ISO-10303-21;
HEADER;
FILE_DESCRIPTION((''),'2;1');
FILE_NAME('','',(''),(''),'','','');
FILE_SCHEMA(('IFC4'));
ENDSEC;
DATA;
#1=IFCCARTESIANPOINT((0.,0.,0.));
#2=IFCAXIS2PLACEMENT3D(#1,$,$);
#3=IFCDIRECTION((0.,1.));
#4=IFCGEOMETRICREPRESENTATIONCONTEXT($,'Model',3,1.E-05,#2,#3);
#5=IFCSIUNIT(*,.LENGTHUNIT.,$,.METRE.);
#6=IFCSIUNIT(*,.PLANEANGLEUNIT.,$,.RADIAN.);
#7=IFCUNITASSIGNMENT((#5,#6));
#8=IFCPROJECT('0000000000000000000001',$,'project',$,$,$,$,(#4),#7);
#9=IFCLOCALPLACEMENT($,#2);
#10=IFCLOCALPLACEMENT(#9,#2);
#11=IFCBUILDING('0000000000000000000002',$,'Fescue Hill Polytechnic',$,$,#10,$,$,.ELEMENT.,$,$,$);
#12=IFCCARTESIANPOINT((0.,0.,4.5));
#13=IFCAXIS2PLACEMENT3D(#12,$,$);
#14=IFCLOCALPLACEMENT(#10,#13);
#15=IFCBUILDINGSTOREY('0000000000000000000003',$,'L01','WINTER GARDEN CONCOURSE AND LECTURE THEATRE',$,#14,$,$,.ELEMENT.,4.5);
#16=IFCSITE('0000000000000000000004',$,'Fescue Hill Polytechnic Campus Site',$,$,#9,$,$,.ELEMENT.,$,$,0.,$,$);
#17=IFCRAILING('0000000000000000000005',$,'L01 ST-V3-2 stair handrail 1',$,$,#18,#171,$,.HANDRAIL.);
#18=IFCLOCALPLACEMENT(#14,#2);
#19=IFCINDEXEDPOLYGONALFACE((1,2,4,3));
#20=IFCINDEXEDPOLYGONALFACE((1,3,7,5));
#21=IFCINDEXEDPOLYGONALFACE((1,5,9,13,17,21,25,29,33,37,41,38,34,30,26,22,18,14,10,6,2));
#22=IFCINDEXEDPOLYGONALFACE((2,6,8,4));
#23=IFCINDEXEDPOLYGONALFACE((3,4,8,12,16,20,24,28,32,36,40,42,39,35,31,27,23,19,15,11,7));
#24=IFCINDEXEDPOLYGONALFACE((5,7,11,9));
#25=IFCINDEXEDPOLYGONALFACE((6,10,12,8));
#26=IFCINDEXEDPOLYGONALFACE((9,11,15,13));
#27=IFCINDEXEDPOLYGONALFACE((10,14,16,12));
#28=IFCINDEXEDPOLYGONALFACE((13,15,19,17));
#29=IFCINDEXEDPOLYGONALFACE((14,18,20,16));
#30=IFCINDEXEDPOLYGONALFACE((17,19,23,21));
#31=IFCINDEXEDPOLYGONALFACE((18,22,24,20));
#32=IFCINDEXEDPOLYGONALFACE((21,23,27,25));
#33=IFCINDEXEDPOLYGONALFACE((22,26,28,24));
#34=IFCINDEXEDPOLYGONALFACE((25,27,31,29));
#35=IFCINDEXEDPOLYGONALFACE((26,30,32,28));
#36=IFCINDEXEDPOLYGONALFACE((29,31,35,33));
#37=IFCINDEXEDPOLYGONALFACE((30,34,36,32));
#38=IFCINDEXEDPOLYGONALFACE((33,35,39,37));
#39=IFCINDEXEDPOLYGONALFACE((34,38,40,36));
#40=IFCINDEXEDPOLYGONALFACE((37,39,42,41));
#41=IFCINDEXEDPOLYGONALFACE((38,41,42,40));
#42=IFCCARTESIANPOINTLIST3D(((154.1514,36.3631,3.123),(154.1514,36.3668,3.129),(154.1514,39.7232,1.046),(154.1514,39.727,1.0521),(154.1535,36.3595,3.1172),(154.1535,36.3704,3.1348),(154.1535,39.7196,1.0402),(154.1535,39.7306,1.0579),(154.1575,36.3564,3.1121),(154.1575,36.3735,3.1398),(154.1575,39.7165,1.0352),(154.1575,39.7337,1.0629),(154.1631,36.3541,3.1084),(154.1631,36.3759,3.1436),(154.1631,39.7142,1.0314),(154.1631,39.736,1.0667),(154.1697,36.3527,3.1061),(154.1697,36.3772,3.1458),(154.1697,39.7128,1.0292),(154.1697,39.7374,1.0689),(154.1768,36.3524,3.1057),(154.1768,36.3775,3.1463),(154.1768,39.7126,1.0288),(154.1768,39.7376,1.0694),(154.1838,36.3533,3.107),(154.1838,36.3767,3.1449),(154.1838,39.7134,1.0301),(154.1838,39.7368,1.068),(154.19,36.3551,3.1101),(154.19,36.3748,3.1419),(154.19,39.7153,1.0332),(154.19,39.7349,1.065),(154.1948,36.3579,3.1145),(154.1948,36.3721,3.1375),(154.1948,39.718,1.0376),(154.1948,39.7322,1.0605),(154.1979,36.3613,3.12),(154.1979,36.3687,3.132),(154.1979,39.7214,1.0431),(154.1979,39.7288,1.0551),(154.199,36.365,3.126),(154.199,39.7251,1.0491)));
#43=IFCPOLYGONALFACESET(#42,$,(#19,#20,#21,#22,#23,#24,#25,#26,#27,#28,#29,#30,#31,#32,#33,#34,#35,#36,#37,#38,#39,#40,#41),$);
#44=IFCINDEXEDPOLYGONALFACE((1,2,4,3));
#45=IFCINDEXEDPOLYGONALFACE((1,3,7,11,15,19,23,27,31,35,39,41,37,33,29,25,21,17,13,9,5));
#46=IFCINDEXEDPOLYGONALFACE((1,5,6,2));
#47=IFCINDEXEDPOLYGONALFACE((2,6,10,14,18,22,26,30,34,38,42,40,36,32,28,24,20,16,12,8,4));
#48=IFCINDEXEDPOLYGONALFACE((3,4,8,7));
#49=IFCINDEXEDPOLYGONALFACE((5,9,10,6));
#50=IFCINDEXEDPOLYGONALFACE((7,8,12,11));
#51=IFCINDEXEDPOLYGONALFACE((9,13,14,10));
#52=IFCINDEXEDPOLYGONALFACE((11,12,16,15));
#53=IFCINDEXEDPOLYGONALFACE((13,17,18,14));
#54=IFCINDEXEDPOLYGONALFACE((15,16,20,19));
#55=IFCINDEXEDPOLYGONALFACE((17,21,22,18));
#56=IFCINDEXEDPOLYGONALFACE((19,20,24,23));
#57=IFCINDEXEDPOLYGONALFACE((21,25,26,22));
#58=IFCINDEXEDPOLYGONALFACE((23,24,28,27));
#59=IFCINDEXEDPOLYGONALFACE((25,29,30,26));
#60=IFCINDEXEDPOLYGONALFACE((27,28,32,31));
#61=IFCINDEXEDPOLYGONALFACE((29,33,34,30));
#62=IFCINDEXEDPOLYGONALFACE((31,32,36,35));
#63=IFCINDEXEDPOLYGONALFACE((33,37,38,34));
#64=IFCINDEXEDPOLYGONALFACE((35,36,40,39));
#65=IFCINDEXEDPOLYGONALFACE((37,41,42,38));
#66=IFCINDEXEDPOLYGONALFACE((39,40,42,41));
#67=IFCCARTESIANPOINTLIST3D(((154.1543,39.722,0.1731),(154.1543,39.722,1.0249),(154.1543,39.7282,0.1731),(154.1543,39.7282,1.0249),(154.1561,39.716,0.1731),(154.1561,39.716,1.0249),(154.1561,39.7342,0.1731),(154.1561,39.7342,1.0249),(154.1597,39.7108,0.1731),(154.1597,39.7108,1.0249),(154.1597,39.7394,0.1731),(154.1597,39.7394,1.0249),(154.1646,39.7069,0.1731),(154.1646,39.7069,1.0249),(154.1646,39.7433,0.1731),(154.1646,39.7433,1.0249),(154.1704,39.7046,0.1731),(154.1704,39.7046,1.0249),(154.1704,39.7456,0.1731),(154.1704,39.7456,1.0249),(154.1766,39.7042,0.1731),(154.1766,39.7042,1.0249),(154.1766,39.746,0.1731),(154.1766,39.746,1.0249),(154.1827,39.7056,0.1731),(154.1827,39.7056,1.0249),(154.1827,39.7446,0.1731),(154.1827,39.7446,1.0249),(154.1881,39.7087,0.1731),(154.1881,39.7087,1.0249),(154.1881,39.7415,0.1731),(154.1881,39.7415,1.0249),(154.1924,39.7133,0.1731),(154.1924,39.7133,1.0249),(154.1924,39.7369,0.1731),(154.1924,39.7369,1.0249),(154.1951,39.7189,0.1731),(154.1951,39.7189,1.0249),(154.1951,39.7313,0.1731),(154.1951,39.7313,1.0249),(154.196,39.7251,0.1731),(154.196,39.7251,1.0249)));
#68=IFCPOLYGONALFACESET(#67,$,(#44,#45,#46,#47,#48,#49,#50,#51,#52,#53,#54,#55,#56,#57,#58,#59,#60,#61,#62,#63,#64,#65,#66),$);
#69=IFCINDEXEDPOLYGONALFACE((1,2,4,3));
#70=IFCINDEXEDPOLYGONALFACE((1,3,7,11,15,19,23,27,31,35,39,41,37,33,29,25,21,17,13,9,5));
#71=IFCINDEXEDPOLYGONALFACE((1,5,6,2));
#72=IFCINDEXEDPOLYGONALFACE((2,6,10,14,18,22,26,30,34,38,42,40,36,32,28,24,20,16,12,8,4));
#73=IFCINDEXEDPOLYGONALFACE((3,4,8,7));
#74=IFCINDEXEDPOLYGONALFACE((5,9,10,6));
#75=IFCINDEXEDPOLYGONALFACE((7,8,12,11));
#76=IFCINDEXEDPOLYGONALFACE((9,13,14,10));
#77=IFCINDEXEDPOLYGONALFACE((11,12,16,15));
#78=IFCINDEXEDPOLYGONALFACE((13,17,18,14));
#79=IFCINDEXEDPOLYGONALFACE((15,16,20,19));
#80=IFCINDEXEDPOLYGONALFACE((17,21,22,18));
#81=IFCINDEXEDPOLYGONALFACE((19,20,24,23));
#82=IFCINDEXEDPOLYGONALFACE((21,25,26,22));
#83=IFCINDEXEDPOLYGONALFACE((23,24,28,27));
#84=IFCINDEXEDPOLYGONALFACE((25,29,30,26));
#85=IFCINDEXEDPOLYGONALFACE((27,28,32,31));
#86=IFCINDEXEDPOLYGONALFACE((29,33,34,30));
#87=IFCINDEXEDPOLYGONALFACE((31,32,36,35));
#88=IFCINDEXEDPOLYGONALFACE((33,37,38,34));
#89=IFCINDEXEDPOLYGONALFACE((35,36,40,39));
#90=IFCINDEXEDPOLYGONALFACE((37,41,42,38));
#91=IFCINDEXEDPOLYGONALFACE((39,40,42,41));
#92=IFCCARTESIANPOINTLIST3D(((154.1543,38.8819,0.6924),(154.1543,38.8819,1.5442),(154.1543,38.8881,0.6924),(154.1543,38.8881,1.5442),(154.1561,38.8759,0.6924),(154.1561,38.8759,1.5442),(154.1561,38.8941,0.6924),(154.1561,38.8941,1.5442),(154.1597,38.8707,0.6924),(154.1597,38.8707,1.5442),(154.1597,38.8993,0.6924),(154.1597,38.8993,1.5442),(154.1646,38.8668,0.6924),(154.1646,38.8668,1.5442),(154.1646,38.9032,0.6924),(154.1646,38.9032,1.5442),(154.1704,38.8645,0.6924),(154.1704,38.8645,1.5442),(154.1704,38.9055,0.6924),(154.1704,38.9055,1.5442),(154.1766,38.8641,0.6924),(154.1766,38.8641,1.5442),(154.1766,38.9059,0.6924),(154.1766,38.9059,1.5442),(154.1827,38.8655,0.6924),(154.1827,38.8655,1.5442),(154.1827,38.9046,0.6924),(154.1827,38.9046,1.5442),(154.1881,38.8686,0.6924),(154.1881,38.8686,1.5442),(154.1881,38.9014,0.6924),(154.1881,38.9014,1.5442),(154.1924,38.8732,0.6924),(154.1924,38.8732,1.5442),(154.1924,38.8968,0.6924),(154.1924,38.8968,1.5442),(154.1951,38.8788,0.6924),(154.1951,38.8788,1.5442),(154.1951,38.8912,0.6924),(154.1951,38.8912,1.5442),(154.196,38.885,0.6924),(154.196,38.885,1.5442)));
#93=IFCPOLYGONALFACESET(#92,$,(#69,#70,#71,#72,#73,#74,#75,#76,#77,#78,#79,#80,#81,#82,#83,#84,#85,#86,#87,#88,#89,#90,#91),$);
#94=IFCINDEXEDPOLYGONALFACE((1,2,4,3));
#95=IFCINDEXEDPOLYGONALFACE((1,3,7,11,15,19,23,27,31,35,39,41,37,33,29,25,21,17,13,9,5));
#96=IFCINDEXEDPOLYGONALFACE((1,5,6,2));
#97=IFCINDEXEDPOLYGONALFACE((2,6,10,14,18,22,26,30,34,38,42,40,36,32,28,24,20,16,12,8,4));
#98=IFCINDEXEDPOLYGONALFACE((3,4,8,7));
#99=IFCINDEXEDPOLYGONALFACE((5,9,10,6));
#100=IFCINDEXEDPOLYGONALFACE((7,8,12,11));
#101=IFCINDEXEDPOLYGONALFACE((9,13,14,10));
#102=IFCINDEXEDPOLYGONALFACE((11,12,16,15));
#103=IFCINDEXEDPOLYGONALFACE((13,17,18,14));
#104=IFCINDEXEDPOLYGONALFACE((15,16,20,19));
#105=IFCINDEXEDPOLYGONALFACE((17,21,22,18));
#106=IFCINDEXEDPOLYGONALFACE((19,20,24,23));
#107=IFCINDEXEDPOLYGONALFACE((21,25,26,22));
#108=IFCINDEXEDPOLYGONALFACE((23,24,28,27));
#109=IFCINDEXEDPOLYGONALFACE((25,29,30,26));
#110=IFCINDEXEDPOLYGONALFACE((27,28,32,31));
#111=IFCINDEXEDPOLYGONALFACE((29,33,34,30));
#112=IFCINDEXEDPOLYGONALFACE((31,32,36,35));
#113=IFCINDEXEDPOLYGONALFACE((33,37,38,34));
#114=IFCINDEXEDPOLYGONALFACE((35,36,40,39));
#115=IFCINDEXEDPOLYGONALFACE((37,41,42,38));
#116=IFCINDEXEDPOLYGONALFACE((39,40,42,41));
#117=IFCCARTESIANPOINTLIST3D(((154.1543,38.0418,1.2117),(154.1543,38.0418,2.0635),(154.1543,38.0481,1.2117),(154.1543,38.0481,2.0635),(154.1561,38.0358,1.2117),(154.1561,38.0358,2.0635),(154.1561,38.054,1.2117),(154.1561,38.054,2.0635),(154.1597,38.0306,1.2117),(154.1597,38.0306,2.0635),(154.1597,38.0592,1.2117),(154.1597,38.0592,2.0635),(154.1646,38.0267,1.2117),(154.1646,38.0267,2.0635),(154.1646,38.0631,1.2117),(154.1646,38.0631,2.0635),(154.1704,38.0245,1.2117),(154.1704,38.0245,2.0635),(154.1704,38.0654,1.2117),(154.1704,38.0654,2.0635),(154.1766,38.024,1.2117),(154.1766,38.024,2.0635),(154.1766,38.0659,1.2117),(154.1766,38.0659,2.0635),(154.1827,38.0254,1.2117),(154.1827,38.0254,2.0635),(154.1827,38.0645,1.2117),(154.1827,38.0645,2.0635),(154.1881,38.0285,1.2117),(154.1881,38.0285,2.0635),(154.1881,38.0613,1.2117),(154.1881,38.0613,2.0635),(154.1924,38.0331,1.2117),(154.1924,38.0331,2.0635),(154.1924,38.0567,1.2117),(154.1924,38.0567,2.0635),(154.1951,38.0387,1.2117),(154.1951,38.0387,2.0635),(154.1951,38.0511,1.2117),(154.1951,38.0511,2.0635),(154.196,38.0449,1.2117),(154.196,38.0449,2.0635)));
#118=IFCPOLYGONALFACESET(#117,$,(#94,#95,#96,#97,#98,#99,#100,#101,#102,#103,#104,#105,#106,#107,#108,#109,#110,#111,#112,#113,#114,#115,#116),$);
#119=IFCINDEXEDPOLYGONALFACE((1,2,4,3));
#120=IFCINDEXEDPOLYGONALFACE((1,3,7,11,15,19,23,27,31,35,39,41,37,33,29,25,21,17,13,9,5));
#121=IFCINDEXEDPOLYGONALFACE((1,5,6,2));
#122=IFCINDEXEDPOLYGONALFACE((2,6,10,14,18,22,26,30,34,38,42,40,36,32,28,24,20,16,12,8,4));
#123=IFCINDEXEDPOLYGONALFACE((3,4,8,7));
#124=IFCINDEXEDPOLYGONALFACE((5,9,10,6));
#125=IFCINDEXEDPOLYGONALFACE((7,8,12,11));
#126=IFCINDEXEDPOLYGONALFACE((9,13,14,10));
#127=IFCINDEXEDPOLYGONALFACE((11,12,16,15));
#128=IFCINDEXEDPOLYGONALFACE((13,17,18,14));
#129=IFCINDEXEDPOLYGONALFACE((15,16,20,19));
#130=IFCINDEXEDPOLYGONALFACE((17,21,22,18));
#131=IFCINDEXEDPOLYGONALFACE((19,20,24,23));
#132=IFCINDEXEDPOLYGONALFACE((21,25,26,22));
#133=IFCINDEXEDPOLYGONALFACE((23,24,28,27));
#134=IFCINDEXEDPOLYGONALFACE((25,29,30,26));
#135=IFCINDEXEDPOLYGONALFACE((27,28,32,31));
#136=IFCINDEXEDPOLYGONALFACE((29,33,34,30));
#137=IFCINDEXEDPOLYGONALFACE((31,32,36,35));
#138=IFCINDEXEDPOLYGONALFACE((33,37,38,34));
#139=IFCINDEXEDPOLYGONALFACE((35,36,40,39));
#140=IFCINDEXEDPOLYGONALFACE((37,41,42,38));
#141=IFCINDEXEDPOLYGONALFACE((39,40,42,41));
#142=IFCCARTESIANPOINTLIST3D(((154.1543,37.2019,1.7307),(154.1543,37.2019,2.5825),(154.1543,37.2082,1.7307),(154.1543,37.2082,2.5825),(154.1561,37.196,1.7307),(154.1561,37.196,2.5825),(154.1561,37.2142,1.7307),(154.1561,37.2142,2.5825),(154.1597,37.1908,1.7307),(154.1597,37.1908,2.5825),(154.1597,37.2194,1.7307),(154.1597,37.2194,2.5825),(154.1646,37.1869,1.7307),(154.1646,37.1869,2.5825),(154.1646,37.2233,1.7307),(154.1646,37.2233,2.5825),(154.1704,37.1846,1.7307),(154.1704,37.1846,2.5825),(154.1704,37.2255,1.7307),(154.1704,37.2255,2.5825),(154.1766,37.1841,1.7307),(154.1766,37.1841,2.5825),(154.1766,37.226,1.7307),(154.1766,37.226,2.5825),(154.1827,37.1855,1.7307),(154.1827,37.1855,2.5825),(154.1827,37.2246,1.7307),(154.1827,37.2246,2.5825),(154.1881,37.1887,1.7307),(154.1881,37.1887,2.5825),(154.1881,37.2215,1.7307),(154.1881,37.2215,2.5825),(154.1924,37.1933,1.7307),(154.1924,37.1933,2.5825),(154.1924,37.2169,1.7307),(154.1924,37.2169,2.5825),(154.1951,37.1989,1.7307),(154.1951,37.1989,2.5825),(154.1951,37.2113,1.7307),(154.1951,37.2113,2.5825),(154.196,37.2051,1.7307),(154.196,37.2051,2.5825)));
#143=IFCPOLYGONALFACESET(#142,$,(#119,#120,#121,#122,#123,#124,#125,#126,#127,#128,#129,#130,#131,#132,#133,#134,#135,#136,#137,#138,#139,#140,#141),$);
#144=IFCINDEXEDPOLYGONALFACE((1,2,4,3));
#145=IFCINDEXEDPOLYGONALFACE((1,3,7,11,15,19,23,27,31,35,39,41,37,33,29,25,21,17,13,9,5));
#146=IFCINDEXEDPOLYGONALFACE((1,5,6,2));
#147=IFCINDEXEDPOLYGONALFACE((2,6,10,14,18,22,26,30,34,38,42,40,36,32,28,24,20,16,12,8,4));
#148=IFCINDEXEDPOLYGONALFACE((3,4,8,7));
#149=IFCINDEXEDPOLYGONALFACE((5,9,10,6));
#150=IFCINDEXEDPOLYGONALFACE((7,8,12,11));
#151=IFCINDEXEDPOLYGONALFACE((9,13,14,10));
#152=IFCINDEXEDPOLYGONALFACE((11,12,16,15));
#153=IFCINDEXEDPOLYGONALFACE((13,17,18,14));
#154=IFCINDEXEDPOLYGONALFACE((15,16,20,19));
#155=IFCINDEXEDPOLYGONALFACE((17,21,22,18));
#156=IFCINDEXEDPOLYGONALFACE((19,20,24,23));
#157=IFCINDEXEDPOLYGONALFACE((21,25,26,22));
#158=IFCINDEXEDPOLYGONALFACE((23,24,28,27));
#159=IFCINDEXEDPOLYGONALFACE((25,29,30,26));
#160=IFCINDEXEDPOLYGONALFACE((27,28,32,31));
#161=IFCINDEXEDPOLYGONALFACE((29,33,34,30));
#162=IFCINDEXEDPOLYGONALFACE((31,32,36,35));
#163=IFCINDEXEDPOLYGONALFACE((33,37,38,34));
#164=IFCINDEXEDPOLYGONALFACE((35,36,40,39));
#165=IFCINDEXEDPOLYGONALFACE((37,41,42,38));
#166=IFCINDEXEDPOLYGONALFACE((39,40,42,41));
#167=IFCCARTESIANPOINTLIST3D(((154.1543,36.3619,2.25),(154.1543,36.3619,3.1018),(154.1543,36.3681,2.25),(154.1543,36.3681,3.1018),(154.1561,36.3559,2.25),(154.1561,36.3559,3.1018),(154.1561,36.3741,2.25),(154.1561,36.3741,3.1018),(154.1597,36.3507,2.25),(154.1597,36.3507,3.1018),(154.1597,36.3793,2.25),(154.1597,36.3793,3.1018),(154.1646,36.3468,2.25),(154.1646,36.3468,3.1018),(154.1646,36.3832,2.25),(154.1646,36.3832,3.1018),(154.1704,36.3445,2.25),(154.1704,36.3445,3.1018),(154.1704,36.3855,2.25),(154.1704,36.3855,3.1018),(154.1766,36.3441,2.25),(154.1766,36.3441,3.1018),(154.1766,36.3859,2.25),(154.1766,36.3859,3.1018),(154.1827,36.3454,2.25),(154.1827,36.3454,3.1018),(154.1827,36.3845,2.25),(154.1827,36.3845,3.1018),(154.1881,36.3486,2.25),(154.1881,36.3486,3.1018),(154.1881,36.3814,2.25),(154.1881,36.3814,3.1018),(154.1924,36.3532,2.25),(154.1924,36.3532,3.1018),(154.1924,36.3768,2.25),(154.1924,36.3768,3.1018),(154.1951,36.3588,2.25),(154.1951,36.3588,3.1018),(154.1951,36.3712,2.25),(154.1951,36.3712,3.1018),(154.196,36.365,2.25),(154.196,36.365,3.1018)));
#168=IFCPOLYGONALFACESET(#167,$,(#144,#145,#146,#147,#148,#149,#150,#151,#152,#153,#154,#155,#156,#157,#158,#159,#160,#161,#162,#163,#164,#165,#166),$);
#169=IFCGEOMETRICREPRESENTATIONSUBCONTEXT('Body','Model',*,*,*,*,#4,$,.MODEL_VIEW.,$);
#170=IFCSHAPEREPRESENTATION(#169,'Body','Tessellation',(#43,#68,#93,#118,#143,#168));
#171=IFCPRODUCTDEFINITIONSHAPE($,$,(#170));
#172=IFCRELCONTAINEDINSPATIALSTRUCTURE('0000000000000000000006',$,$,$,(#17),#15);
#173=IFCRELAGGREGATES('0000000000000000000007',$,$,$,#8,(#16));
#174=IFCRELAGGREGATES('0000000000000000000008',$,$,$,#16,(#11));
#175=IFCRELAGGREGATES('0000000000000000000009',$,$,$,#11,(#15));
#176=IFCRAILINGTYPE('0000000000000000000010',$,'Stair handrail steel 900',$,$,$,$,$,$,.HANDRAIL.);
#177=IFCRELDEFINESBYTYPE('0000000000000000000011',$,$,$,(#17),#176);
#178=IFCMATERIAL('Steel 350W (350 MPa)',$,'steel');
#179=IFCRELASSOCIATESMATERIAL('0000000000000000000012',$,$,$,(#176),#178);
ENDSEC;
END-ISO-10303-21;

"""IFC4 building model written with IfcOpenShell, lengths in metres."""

from ifc_helpers import new_model, si_unit, direction, frame, origin, origin_2d, place, context, subcontext, project, spatial, circle, extrude, material, type_object, element, save


model = new_model("IFC4")

# Units and contexts
model_context = context("Model", 3, precision=1e-05, world=origin(), true_north=direction((0.0, 1.0)))
body_context = subcontext(model_context, "Body", "Model", "MODEL_VIEW")
ifc_project = project(units=[si_unit("LENGTHUNIT", "METRE"), si_unit("PLANEANGLEUNIT", "RADIAN")], contexts=[model_context])

# Site, building, storey
site_placement = place(None, origin())
site = spatial("IfcSite", under=ifc_project, at=site_placement, Name="Fescue Hill Polytechnic Campus Site", CompositionType="ELEMENT", RefElevation=0.0)
building_placement = place(site_placement, origin())
building = spatial("IfcBuilding", under=site, at=building_placement, Name="Fescue Hill Polytechnic", CompositionType="ELEMENT")
storey_placement = place(building_placement, frame((0.0, 0.0, 4.5)))
storey = spatial("IfcBuildingStorey", under=building, at=storey_placement, Name="L01", Description="WINTER GARDEN CONCOURSE AND LECTURE THEATRE", CompositionType="ELEMENT", Elevation=4.5)

# Railing
ifc_material_1 = material(Name="Steel 350W (350 MPa)", Category="steel")
railing_type = type_object("IfcRailingType", Name="Stair handrail steel 900", PredefinedType="HANDRAIL", material=ifc_material_1)
railing_placement = place(storey_placement, frame((154.175, 39.7251, 0.1731)))
element("IfcRailing", 1, at=railing_placement, inside=storey, type_object=railing_type, Name="L01 ST-V3-2 stair handrail 1", PredefinedType="HANDRAIL", context=body_context, shape_type="SweptSolid", body=[
    extrude(circle(Radius=0.0239, at=origin_2d()), frame((0.0, 0.0, 0.876), z_axis=(0.0, -0.850623, 0.525776), x_axis=(1.0, 0.0, 0.0)), (0.0, 0.0, 1.0), 3.9502),
    extrude(circle(Radius=0.021, at=origin_2d()), origin(), (0.0, 0.0, 1.0), 0.8518),
    extrude(circle(Radius=0.021, at=origin_2d()), frame((0.0, -0.8401, 0.5193)), (0.0, 0.0, 1.0), 0.8518),
    extrude(circle(Radius=0.021, at=origin_2d()), frame((0.0, -1.6802, 1.0386)), (0.0, 0.0, 1.0), 0.8518),
    extrude(circle(Radius=0.021, at=origin_2d()), frame((0.0, -2.52, 1.5576)), (0.0, 0.0, 1.0), 0.8518),
    extrude(circle(Radius=0.021, at=origin_2d()), frame((0.0, -3.3601, 2.0769)), (0.0, 0.0, 1.0), 0.8518),
])

save(model, "model.ifc")
